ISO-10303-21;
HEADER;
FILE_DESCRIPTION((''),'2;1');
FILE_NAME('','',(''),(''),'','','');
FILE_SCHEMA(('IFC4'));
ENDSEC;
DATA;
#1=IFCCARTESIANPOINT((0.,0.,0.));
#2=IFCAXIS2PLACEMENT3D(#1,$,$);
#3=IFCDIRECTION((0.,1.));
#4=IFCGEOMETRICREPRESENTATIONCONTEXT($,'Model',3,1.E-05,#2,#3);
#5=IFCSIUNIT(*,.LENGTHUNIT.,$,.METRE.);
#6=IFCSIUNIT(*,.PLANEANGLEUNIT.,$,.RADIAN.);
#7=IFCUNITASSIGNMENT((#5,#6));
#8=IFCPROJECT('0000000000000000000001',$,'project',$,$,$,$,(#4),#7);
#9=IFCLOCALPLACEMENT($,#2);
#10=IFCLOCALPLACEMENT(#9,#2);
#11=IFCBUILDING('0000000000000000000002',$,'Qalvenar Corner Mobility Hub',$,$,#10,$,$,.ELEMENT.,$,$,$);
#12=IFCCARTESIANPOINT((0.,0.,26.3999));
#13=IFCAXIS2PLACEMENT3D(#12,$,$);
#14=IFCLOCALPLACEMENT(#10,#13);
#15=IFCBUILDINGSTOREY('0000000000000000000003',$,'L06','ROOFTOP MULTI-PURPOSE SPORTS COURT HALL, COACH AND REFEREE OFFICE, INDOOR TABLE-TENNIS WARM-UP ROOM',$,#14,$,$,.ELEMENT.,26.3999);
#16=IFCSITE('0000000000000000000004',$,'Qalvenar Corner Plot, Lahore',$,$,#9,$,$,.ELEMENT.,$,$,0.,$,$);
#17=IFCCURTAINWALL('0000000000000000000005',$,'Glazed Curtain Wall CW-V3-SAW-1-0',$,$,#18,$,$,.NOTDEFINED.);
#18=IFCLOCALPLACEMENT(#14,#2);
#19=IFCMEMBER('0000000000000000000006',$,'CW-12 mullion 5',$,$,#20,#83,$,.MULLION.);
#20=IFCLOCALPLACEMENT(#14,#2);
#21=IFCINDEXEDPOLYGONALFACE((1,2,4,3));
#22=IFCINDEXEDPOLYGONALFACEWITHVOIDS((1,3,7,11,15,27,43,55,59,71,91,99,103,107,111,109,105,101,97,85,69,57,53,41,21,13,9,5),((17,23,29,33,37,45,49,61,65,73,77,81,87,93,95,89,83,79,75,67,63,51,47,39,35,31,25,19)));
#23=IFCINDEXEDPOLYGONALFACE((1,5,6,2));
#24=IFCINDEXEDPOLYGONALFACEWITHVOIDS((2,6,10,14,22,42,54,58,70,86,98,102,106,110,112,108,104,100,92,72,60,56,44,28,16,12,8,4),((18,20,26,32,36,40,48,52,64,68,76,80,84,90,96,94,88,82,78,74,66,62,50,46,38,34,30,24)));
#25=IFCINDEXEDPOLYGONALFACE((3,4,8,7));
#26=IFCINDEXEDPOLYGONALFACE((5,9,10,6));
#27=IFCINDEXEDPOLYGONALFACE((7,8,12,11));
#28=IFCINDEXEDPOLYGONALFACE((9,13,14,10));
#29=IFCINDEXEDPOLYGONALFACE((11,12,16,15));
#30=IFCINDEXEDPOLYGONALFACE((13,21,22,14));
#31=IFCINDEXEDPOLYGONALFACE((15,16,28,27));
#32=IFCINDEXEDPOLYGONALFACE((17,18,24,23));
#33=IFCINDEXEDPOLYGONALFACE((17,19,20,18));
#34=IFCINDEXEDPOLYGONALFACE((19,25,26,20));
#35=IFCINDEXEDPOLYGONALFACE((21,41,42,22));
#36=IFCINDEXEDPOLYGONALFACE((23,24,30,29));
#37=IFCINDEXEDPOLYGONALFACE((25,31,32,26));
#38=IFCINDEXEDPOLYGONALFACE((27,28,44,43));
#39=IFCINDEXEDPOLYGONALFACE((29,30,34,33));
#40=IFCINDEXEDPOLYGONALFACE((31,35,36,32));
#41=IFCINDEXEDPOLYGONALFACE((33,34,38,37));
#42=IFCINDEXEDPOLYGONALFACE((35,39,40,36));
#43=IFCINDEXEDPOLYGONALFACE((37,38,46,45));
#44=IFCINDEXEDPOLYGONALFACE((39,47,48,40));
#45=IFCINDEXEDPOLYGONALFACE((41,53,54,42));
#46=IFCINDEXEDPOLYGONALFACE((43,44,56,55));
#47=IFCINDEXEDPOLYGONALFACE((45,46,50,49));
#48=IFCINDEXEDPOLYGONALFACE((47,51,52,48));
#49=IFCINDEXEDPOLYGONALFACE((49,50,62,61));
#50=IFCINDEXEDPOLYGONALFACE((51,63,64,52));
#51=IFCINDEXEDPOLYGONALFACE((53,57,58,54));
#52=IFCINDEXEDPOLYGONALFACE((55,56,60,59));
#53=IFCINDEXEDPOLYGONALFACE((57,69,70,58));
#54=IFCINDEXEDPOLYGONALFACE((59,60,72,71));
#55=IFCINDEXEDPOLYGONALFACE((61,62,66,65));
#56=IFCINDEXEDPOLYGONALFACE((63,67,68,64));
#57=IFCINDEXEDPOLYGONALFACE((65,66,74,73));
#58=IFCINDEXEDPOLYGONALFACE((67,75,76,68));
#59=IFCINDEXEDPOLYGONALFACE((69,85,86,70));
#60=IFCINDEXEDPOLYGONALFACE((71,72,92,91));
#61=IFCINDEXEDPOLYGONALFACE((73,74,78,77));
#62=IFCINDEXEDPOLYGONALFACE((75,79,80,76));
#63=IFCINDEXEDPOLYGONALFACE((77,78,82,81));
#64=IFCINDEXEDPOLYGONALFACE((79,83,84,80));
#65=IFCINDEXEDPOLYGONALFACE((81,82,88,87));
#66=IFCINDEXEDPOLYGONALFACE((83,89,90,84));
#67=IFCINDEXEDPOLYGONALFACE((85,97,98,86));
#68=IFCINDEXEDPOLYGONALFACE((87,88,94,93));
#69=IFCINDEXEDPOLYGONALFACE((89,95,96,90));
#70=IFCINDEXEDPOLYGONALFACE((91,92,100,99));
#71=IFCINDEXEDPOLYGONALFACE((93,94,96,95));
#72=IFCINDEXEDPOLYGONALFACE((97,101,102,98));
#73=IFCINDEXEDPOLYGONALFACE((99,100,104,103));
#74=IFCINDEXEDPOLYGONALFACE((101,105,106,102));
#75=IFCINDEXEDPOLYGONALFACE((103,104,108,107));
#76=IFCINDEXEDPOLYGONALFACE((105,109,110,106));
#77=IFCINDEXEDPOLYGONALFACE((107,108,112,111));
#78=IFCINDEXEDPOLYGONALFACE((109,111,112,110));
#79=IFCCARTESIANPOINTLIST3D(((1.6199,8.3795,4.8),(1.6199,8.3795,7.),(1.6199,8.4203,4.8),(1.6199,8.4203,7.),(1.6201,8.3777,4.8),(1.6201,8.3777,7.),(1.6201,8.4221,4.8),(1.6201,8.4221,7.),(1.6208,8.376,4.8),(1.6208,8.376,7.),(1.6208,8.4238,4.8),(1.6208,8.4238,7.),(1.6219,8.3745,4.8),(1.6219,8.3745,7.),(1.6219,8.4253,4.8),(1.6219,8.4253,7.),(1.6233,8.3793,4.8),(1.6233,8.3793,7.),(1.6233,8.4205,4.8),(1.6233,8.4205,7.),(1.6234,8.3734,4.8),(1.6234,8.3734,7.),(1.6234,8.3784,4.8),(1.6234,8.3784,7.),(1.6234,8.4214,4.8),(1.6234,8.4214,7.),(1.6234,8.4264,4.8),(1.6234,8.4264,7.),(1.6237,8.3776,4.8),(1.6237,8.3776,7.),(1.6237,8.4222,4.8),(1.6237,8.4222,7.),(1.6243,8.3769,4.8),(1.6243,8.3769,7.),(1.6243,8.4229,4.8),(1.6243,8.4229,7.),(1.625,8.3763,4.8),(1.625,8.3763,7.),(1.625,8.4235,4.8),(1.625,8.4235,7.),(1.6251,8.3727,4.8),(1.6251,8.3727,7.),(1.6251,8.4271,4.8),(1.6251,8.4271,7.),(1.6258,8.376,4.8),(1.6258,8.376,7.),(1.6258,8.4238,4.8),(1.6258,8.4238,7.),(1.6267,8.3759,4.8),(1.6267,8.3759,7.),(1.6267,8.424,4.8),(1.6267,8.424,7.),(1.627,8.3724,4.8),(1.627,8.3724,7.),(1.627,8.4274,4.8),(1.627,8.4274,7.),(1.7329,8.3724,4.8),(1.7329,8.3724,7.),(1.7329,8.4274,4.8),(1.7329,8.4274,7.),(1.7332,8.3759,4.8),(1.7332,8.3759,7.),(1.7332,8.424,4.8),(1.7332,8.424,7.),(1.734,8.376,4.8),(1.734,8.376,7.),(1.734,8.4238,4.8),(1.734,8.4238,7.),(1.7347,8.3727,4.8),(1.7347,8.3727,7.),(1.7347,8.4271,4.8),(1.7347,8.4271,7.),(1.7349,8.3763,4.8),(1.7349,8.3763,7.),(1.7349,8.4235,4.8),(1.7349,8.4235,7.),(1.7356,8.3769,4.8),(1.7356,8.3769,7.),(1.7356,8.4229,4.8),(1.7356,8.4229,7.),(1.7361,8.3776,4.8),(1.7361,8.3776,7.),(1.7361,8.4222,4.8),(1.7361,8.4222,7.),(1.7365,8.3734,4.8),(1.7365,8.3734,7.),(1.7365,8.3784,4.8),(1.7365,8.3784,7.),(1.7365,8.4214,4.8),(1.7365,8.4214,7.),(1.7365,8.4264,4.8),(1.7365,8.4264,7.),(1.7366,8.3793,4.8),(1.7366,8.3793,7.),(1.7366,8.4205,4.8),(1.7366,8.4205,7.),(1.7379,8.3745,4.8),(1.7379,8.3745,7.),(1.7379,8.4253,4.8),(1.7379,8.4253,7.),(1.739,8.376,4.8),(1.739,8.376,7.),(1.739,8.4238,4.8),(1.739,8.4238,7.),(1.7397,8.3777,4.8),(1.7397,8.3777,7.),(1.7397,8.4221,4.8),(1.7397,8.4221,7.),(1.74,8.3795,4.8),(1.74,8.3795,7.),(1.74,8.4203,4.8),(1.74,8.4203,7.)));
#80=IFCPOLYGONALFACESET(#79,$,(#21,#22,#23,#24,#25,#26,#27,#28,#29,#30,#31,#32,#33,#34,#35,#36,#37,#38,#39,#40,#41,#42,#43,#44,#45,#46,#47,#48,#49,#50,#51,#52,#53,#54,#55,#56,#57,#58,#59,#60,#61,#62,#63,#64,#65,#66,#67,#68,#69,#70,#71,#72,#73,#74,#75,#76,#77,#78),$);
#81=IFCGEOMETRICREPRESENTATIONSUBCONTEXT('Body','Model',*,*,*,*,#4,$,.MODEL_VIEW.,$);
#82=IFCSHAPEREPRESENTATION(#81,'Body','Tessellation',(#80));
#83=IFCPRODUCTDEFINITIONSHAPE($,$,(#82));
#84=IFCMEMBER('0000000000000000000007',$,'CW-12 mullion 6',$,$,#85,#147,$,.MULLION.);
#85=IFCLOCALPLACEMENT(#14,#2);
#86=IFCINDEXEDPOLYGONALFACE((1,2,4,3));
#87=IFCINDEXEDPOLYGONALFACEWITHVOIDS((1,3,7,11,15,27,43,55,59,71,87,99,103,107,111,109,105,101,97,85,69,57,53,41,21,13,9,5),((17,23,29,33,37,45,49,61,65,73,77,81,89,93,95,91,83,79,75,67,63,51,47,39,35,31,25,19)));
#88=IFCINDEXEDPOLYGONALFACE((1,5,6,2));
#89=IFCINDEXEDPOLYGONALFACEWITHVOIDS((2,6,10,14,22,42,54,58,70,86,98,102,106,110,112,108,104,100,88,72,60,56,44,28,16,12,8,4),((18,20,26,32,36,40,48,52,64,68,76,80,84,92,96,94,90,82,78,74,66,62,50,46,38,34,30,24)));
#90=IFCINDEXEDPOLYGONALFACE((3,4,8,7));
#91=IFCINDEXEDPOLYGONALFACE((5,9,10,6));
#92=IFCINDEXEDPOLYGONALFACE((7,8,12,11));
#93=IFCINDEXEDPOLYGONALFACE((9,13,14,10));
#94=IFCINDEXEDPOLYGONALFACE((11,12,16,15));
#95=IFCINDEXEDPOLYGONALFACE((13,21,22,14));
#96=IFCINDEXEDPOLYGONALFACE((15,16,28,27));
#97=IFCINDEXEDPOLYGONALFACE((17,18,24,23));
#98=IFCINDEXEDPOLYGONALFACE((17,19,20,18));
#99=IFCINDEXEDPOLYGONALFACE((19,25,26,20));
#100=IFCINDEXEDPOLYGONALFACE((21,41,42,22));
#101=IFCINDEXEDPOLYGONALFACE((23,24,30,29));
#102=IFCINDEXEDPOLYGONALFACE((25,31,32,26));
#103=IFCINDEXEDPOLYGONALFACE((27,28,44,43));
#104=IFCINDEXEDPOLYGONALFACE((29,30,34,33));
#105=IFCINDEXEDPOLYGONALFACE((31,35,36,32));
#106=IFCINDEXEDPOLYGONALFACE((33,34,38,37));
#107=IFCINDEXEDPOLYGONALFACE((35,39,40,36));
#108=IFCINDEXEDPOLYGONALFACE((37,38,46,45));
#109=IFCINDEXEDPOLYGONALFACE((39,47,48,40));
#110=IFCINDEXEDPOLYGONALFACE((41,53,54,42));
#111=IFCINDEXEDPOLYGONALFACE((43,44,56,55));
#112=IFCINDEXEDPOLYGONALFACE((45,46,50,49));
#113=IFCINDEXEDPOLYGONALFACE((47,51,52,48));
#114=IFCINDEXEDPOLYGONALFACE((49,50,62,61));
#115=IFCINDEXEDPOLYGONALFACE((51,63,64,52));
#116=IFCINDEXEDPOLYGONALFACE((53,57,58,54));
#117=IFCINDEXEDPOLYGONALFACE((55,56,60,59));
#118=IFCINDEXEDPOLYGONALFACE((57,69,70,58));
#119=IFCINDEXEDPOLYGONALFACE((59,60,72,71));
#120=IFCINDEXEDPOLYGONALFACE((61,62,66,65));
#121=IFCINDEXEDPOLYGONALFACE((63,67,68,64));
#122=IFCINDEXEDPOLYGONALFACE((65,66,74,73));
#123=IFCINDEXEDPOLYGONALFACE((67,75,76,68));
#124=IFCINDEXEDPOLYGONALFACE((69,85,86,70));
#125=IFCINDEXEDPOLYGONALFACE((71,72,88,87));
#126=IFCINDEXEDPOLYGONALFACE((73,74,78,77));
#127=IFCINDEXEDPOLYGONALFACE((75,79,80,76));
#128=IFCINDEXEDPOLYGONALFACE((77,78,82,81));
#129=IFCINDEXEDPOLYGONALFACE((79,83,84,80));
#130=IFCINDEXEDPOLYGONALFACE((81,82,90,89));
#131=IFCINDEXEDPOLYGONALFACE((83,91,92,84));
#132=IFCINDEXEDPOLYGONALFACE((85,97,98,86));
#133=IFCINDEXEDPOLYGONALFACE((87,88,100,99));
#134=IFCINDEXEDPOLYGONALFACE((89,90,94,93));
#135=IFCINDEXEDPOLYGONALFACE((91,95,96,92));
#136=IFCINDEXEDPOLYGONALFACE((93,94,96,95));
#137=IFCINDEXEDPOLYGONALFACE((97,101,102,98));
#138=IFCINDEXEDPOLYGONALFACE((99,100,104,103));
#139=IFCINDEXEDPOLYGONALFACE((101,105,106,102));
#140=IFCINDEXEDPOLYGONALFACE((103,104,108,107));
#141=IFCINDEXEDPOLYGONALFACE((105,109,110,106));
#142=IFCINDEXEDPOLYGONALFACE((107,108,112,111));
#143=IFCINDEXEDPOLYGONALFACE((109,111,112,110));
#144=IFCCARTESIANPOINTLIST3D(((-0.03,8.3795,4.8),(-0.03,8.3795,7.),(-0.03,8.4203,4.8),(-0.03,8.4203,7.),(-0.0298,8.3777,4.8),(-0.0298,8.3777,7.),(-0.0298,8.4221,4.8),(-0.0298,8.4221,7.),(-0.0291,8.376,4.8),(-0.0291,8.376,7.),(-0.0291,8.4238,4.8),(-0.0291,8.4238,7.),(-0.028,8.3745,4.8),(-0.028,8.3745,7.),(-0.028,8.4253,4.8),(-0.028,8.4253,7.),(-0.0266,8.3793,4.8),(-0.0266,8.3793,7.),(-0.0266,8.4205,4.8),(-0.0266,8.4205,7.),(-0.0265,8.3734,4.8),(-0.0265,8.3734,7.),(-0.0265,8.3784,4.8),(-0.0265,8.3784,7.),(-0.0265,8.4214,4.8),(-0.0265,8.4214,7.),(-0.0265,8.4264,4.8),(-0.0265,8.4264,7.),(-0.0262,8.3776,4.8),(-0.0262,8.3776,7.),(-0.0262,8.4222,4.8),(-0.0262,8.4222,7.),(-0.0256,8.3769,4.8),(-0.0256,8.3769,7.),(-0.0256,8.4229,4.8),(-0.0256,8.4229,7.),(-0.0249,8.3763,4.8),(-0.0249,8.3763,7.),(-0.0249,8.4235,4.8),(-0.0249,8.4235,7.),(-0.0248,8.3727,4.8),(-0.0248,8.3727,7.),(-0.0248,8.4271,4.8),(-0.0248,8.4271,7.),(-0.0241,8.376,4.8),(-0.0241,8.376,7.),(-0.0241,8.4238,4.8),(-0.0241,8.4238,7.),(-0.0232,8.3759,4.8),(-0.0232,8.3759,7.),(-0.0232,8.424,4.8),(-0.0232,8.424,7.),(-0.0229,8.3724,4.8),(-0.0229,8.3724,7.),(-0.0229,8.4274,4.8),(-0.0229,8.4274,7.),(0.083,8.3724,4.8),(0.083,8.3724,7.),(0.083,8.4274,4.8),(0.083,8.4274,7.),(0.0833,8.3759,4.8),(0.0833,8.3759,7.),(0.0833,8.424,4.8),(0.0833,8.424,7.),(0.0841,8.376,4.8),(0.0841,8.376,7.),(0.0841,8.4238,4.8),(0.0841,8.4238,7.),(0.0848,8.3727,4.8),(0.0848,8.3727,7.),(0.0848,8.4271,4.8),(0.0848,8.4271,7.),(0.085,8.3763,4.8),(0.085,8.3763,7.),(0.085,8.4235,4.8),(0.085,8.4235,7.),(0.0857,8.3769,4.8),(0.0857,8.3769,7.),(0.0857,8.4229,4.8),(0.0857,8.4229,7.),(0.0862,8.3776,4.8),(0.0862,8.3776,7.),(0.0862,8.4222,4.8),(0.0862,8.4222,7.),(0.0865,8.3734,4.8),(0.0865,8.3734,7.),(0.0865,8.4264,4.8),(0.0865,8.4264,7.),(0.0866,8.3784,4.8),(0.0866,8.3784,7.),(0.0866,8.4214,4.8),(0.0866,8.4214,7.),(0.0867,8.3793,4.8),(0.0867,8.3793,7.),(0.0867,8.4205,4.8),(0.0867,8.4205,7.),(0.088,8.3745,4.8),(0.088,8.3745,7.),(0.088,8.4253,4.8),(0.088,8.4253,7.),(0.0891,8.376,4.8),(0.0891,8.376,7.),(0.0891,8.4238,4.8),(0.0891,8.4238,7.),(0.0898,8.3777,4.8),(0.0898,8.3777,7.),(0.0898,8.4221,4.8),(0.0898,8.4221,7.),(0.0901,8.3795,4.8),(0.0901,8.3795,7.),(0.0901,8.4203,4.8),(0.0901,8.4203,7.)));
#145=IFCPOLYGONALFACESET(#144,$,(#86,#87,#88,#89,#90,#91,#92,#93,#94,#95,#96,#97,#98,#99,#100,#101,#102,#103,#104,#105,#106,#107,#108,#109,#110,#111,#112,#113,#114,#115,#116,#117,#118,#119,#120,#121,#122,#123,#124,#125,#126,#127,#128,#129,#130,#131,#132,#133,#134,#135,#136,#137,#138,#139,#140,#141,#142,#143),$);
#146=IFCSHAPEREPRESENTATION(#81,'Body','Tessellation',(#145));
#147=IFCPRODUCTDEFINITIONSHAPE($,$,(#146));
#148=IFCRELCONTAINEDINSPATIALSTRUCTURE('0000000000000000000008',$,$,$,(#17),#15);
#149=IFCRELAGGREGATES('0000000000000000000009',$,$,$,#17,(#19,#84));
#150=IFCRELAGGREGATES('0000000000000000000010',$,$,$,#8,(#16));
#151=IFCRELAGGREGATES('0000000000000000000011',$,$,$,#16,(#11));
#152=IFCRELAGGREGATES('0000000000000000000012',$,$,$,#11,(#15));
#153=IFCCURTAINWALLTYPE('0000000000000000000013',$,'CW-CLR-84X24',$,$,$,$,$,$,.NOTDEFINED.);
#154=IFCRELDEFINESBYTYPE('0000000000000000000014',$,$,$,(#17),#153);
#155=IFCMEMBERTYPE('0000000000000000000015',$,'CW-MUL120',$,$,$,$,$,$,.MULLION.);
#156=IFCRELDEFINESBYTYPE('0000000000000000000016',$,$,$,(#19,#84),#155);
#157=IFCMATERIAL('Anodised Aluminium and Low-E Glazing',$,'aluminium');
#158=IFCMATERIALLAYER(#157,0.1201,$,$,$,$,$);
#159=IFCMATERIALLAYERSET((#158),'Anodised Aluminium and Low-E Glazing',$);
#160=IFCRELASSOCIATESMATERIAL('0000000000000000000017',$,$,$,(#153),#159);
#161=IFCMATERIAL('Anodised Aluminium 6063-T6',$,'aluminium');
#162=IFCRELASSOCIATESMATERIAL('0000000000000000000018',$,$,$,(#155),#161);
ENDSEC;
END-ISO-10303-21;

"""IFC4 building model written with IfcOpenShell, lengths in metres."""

from ifc_helpers import new_model, si_unit, direction, frame, origin, origin_2d, place, context, subcontext, project, spatial, hollow_rectangle, extrude, material, layer, layer_set, material_profile, profile_set, type_object, element, aggregate, save


model = new_model("IFC4")

# Units and contexts
model_context = context("Model", 3, precision=1e-05, world=origin(), true_north=direction((0.0, 1.0)))
body_context = subcontext(model_context, "Body", "Model", "MODEL_VIEW")
ifc_project = project(units=[si_unit("LENGTHUNIT", "METRE"), si_unit("PLANEANGLEUNIT", "RADIAN")], contexts=[model_context])

# Site, building, storey
site_placement = place(None, origin())
site = spatial("IfcSite", under=ifc_project, at=site_placement, Name="Qalvenar Corner Plot, Lahore", CompositionType="ELEMENT", RefElevation=0.0)
building_placement = place(site_placement, origin())
building = spatial("IfcBuilding", under=site, at=building_placement, Name="Qalvenar Corner Mobility Hub", CompositionType="ELEMENT")
storey_placement = place(building_placement, frame((0.0, 0.0, 26.3999)))
storey = spatial("IfcBuildingStorey", under=building, at=storey_placement, Name="L06", Description="ROOFTOP MULTI-PURPOSE SPORTS COURT HALL, COACH AND REFEREE OFFICE, INDOOR TABLE-TENNIS WARM-UP ROOM", CompositionType="ELEMENT", Elevation=26.3999)

# Curtain wall, members
ifc_material_1 = material(Name="Anodised Aluminium and Low-E Glazing", Category="aluminium")
ifc_layer_1 = layer(ifc_material_1, 0.1201)
ifc_layer_set_1 = layer_set([ifc_layer_1], Name="Anodised Aluminium and Low-E Glazing")
curtain_wall_type_1 = type_object("IfcCurtainWallType", Name="CW-CLR-84X24", PredefinedType="NOTDEFINED", material=ifc_layer_set_1)
curtain_wall_1_placement = place(storey_placement, origin())
curtain_wall_1 = element("IfcCurtainWall", 1, at=curtain_wall_1_placement, inside=storey, type_object=curtain_wall_type_1, Name="Glazed Curtain Wall CW-V3-SAW-1-0", PredefinedType="NOTDEFINED")
ifc_material_2 = material(Name="Anodised Aluminium 6063-T6", Category="aluminium")
ifc_material_profile_1 = material_profile(ifc_material_2, hollow_rectangle(XDim=0.0549, YDim=0.1201, WallThickness=0.0034, InnerFilletRadius=0.0034, OuterFilletRadius=0.0071, at=origin_2d()), Name="RHS120x55x3.5")
ifc_profile_set_1 = profile_set([ifc_material_profile_1], Name="Anodised Aluminium 6063-T6")
member_type_1 = type_object("IfcMemberType", Name="CW-MUL120", PredefinedType="MULLION", material=ifc_profile_set_1)
member_1_placement = place(storey_placement, frame((1.6799, 8.3999, 4.8), z_axis=(0.0, 0.0, 1.0), x_axis=(0.0, -1.0, 0.0)))
member_1 = element("IfcMember", 2, at=member_1_placement, type_object=member_type_1, Name="CW-12 mullion 5", PredefinedType="MULLION", context=body_context, shape_type="SweptSolid", body=[
    extrude(hollow_rectangle(XDim=0.0549, YDim=0.1201, WallThickness=0.0034, InnerFilletRadius=0.0034, OuterFilletRadius=0.0071, at=origin_2d()), origin(), (0.0, 0.0, 1.0), 2.2),
])
member_2_placement = place(storey_placement, frame((0.03, 8.3999, 4.8), z_axis=(0.0, 0.0, 1.0), x_axis=(0.0, -1.0, 0.0)))
member_2 = element("IfcMember", 3, at=member_2_placement, type_object=member_type_1, Name="CW-12 mullion 6", PredefinedType="MULLION", context=body_context, shape_type="SweptSolid", body=[
    extrude(hollow_rectangle(XDim=0.0549, YDim=0.1201, WallThickness=0.0034, InnerFilletRadius=0.0034, OuterFilletRadius=0.0071, at=origin_2d()), origin(), (0.0, 0.0, 1.0), 2.2),
])

aggregate(curtain_wall_1, [member_1, member_2])

save(model, "model.ifc")
